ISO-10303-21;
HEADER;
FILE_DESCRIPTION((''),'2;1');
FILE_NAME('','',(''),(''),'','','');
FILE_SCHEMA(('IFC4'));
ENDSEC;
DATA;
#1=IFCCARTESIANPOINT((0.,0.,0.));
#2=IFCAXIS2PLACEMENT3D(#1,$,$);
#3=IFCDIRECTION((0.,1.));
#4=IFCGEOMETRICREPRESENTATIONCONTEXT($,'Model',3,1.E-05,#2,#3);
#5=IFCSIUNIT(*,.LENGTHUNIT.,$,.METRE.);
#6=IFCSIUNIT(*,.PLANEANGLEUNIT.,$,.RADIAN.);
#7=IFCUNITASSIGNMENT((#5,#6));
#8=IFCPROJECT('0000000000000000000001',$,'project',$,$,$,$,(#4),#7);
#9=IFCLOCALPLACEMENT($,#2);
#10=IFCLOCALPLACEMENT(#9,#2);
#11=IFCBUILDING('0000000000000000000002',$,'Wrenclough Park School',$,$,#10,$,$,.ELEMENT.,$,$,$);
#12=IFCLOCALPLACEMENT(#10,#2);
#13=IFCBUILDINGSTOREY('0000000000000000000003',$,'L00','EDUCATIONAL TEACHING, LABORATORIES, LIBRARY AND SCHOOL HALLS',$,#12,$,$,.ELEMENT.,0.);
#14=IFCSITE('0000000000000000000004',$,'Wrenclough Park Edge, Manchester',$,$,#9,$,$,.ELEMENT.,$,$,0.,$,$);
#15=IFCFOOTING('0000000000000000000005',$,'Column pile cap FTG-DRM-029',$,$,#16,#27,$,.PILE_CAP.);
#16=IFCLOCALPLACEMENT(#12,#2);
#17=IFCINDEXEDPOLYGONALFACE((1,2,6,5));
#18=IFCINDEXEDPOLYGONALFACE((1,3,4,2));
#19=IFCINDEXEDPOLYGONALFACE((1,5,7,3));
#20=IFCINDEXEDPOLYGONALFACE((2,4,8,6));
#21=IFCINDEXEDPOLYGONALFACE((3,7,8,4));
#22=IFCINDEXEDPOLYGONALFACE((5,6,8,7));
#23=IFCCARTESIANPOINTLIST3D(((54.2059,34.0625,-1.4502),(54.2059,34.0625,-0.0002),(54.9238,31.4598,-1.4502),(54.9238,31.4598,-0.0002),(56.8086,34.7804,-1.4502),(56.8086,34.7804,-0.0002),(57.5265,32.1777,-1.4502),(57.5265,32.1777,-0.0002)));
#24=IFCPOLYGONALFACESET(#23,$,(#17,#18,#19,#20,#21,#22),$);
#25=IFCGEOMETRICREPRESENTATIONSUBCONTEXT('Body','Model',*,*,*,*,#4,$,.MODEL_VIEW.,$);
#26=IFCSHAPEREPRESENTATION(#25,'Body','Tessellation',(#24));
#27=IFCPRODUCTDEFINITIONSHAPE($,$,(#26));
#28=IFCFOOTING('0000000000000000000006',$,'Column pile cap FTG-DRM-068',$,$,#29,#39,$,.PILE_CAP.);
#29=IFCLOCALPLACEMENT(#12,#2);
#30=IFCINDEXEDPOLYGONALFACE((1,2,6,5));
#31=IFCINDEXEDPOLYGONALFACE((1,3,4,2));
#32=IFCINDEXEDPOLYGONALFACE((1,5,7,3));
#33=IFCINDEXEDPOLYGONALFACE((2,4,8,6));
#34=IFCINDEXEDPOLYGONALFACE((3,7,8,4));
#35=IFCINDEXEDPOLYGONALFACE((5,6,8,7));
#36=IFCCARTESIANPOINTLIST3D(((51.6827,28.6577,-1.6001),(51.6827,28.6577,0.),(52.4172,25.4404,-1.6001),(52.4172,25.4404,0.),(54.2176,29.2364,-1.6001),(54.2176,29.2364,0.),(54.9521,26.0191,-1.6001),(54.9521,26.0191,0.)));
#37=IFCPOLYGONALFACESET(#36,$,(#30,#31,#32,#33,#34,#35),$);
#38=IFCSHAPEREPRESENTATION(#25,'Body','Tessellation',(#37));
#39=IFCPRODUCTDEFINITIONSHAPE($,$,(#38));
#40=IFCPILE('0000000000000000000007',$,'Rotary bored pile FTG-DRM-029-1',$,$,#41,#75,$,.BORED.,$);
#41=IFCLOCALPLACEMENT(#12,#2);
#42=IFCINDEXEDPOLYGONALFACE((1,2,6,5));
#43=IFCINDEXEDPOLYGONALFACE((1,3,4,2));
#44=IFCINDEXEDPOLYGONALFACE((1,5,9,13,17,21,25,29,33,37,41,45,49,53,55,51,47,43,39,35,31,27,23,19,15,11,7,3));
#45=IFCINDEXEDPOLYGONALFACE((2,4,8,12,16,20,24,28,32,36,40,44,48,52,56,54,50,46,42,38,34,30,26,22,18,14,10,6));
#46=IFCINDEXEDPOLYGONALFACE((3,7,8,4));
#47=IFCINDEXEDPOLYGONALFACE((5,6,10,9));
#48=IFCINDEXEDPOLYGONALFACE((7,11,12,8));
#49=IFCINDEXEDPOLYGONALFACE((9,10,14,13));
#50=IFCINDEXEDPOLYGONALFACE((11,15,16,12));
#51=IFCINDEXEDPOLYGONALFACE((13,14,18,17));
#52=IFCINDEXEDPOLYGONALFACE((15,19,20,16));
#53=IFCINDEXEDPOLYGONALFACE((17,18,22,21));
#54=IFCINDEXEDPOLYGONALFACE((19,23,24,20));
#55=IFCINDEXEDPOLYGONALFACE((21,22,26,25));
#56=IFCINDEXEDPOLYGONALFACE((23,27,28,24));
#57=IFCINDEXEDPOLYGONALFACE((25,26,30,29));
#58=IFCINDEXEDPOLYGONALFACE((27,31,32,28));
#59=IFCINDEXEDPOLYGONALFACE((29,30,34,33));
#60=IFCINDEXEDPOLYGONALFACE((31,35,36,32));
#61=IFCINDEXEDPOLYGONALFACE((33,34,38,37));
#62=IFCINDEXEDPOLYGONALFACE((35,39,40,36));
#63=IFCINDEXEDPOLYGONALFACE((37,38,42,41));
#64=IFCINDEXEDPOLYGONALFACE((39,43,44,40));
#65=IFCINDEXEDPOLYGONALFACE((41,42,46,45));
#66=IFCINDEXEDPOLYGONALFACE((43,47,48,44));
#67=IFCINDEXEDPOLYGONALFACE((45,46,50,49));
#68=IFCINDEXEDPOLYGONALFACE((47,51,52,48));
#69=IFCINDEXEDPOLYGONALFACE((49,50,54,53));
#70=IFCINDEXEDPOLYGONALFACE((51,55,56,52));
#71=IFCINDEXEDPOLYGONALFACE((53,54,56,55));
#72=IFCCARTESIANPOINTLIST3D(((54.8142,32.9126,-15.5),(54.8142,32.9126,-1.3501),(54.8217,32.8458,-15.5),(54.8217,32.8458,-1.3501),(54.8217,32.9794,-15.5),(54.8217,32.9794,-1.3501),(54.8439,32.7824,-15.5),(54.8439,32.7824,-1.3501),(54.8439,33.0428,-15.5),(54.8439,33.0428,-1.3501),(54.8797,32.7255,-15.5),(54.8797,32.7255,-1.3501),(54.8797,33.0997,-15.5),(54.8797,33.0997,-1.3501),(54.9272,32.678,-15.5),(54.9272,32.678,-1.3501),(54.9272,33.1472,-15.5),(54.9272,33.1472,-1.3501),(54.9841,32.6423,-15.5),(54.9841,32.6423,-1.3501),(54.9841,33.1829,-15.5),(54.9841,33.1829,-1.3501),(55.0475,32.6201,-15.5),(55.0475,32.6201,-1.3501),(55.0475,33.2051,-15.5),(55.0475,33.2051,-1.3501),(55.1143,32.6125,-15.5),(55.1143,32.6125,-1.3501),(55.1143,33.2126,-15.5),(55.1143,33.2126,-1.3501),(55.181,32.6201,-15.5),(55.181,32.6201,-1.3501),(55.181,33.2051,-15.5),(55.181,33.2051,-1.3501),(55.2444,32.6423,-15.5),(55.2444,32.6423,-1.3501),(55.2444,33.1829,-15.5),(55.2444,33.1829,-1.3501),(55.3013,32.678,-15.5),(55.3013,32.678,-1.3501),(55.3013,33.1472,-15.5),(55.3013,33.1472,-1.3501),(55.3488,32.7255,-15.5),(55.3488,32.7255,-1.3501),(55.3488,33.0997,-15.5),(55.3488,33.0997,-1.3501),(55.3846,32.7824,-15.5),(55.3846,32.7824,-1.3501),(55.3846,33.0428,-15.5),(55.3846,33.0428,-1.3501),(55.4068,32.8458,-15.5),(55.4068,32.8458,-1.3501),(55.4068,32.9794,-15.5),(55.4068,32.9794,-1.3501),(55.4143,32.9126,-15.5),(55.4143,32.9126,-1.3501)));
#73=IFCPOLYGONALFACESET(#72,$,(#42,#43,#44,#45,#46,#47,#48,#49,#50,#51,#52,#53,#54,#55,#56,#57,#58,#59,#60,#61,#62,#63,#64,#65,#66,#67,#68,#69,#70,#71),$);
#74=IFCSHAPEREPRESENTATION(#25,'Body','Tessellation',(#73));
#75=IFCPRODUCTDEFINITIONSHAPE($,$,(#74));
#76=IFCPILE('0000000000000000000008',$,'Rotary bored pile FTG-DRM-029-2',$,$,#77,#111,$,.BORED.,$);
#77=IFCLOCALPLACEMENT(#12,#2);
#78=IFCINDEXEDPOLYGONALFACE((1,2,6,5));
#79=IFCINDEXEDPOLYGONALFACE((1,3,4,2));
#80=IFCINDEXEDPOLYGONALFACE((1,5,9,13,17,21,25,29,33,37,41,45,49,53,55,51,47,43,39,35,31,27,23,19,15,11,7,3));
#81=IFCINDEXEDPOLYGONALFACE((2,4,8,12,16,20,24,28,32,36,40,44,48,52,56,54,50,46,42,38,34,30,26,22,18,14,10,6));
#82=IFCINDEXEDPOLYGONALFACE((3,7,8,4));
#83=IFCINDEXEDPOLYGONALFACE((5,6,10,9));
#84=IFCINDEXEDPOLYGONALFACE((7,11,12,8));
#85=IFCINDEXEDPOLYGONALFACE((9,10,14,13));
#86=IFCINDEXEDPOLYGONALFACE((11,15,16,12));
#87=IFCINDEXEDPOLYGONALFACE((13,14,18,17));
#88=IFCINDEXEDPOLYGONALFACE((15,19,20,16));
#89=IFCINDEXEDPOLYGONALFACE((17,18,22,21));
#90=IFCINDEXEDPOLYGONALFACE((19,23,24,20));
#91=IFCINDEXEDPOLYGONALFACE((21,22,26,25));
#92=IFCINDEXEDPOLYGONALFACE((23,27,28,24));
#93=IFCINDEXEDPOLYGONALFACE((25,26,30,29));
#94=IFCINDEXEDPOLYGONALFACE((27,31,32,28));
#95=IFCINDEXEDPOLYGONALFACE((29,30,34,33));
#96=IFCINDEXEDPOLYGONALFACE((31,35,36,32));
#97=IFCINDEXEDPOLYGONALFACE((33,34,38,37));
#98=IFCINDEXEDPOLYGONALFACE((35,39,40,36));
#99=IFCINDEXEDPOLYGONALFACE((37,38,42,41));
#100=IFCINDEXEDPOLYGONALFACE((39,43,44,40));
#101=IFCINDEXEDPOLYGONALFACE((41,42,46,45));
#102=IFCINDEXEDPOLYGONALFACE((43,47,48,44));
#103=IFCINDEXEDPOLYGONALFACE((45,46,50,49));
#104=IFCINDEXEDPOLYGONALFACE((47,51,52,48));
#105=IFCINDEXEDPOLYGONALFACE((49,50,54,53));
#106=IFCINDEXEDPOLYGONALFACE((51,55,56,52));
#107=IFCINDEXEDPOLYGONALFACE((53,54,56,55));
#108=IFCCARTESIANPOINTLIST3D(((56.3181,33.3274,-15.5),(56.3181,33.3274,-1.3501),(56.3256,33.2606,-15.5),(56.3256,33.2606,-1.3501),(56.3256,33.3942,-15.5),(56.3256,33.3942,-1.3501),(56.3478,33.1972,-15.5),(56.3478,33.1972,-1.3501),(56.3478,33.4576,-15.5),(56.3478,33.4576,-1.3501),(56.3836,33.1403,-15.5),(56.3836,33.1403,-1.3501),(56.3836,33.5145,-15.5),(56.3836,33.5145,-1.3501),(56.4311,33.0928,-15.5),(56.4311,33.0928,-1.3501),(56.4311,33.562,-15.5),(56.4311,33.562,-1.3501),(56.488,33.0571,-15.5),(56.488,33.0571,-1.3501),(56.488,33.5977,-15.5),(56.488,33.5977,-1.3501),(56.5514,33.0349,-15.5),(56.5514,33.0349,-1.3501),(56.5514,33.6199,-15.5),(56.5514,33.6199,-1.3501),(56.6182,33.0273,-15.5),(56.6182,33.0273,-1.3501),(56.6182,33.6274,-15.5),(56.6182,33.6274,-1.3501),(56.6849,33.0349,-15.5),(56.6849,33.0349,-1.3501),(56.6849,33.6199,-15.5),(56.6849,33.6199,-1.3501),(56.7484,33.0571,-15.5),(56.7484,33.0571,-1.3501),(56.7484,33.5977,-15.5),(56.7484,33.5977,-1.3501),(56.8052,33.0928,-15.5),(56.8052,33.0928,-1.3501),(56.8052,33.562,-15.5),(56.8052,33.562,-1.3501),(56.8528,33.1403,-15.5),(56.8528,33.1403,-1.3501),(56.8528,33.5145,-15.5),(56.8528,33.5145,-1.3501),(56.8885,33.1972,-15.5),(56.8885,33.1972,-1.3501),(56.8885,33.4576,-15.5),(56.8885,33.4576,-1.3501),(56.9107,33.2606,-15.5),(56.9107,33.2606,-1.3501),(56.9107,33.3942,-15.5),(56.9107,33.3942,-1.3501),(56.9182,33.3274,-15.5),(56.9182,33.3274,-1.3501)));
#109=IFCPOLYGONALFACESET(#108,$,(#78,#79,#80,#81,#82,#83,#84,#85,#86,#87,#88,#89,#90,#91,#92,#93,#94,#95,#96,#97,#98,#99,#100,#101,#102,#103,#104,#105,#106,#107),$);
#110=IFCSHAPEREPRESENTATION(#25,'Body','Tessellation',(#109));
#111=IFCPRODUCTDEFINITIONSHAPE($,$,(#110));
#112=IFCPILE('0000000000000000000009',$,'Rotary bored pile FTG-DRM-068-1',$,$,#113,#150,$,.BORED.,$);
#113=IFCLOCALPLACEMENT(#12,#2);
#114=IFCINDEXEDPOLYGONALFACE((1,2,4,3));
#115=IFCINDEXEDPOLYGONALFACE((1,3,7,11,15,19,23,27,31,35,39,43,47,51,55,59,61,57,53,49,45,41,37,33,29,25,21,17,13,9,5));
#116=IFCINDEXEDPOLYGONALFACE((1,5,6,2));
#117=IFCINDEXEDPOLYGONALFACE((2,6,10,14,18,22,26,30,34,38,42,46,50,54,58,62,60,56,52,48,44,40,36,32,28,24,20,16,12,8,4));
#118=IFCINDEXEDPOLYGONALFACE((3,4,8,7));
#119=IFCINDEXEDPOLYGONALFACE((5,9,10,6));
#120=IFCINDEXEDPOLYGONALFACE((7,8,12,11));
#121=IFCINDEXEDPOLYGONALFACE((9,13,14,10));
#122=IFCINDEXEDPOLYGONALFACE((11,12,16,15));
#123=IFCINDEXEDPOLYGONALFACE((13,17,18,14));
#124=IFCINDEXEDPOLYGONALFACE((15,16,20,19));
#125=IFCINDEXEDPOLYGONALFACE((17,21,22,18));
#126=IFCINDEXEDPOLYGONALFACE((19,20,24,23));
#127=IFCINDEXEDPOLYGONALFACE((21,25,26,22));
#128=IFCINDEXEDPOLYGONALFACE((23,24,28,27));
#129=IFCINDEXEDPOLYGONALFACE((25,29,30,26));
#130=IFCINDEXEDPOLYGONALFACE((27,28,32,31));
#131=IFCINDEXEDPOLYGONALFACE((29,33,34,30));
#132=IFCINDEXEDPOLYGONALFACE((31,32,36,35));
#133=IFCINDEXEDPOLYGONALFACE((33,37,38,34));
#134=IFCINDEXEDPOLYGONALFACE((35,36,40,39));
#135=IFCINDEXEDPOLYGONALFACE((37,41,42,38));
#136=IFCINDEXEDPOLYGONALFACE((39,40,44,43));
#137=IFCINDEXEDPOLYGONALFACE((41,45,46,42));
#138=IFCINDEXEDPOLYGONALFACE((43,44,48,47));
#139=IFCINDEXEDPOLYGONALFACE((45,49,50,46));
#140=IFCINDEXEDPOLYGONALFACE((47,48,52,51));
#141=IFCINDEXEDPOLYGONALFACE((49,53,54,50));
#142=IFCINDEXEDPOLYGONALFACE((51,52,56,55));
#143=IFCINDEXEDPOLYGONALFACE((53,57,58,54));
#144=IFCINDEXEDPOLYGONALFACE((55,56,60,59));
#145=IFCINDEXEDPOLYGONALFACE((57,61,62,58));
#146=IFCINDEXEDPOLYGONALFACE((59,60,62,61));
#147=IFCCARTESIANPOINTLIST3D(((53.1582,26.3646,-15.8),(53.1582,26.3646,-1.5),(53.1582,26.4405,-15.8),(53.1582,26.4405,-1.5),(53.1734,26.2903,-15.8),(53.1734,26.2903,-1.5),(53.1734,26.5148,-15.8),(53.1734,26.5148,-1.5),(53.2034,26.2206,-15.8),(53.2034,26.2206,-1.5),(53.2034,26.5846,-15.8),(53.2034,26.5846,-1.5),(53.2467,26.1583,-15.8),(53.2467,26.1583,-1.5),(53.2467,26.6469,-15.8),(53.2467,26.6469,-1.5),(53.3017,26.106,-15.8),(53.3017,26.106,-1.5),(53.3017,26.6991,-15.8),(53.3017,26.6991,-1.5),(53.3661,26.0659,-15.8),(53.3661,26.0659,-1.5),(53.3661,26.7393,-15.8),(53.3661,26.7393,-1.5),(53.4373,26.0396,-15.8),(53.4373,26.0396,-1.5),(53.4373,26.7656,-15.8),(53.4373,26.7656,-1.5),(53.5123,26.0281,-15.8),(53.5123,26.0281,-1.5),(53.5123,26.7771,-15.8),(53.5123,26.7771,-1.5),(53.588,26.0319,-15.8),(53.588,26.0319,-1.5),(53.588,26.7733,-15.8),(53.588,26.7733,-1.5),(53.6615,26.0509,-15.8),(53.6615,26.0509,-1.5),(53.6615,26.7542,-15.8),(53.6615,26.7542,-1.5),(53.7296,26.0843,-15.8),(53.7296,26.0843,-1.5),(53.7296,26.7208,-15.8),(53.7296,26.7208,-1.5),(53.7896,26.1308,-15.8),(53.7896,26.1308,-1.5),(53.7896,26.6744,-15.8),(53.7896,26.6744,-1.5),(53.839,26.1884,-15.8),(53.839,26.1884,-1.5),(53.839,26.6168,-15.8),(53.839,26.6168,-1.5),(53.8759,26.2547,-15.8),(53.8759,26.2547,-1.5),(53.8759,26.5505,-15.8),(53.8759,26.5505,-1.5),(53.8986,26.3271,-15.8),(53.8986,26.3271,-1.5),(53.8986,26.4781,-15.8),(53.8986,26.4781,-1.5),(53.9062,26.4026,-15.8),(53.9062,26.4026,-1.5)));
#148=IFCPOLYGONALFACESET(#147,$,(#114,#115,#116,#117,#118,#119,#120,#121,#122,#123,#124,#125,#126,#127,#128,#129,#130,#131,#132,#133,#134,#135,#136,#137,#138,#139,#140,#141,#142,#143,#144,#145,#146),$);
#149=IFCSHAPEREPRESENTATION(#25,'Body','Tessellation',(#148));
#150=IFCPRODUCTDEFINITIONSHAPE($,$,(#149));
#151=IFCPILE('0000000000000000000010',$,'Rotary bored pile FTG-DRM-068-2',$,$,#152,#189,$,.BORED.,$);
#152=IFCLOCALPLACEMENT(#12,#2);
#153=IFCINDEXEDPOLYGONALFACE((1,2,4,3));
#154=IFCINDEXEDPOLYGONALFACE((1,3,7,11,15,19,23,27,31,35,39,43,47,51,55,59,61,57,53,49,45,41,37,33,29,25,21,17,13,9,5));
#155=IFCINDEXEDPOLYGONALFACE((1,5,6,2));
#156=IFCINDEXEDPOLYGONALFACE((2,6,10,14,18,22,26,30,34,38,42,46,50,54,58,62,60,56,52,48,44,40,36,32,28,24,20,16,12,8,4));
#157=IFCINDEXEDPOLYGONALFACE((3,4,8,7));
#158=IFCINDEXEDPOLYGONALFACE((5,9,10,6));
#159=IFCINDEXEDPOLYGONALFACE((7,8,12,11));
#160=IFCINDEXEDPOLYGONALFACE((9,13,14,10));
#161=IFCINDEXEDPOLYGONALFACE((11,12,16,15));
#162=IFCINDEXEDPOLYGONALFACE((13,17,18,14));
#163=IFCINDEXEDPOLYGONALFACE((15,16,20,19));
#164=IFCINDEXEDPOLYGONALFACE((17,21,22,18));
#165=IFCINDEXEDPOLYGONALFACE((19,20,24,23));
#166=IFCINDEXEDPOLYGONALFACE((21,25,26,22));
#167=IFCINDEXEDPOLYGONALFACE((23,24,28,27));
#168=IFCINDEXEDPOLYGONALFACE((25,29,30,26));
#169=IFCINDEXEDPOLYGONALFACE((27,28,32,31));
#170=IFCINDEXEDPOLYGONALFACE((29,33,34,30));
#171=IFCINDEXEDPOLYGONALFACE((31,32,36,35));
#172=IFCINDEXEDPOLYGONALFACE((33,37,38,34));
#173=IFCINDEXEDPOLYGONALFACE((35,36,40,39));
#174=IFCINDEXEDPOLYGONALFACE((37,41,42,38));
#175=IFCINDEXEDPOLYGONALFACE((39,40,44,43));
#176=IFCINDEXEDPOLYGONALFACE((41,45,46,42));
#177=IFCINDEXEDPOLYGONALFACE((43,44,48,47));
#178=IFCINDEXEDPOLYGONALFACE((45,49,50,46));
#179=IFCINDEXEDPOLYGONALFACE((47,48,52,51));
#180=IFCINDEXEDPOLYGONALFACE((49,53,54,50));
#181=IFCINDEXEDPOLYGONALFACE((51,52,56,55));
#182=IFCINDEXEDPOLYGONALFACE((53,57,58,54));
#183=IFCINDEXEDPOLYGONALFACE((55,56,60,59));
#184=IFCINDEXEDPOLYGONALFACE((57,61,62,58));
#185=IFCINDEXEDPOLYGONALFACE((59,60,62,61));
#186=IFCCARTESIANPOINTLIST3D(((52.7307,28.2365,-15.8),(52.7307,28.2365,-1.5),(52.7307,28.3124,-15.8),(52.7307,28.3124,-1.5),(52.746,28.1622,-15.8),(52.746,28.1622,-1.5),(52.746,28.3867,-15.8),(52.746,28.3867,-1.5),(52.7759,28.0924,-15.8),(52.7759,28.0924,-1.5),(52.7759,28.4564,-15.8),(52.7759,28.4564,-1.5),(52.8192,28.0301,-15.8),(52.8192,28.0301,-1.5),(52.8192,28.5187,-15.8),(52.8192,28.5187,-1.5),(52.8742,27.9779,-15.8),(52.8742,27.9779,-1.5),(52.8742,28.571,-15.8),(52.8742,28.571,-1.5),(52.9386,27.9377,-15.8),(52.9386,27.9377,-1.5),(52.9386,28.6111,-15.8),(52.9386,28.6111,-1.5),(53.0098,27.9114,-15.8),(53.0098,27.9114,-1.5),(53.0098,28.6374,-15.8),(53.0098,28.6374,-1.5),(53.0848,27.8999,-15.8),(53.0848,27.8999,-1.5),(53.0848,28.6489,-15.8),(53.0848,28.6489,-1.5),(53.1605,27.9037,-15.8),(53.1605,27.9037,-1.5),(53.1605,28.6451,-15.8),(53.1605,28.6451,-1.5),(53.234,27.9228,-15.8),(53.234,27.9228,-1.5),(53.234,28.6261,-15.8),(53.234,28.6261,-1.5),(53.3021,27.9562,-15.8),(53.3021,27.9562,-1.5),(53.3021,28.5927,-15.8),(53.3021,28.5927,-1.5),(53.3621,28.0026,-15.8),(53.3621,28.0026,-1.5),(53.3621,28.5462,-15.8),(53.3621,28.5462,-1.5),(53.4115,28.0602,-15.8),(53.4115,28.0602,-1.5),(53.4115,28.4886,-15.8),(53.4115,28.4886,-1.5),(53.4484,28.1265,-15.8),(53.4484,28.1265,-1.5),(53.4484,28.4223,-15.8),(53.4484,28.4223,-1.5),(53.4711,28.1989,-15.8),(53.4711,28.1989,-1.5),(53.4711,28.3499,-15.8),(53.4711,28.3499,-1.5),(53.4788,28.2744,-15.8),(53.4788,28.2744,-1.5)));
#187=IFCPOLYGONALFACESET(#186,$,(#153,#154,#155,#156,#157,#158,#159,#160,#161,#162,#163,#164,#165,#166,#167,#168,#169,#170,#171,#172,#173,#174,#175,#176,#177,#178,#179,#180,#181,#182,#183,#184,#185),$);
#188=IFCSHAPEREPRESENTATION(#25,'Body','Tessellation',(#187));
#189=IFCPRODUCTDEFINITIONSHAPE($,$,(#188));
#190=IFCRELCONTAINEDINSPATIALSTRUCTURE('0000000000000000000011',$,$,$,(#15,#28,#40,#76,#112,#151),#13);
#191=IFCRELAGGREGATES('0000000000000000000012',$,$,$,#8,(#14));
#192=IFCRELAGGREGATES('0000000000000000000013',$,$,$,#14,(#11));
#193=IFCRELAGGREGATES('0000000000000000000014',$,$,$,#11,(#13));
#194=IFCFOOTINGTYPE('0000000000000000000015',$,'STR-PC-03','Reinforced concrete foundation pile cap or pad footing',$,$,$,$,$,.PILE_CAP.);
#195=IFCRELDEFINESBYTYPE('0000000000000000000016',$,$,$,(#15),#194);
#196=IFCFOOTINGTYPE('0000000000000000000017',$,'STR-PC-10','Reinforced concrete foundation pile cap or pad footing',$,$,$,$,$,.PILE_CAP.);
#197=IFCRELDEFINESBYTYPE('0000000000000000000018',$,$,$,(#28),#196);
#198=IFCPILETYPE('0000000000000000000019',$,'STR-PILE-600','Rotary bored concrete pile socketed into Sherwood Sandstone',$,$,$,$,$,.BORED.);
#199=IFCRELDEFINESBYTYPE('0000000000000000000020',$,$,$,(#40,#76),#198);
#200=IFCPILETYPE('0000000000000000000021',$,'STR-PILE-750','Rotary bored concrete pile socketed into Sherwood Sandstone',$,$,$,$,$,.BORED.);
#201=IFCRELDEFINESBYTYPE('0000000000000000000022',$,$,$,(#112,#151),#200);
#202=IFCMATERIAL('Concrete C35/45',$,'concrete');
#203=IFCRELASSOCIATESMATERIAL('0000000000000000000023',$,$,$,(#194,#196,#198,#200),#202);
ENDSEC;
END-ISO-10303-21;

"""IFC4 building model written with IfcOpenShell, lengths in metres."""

from ifc_helpers import new_model, si_unit, direction, frame, origin, origin_2d, place, context, subcontext, project, spatial, rectangle, circle, extrude, material, material_profile, profile_set, type_object, element, save


model = new_model("IFC4")

# Units and contexts
model_context = context("Model", 3, precision=1e-05, world=origin(), true_north=direction((0.0, 1.0)))
body_context = subcontext(model_context, "Body", "Model", "MODEL_VIEW")
ifc_project = project(units=[si_unit("LENGTHUNIT", "METRE"), si_unit("PLANEANGLEUNIT", "RADIAN")], contexts=[model_context])

# Site, building, storey
site_placement = place(None, origin())
site = spatial("IfcSite", under=ifc_project, at=site_placement, Name="Wrenclough Park Edge, Manchester", CompositionType="ELEMENT", RefElevation=0.0)
building_placement = place(site_placement, origin())
building = spatial("IfcBuilding", under=site, at=building_placement, Name="Wrenclough Park School", CompositionType="ELEMENT")
storey_placement = place(building_placement, origin())
storey = spatial("IfcBuildingStorey", under=building, at=storey_placement, Name="L00", Description="EDUCATIONAL TEACHING, LABORATORIES, LIBRARY AND SCHOOL HALLS", CompositionType="ELEMENT", Elevation=0.0)

# Footings
ifc_material_1 = material(Name="Concrete C35/45", Category="concrete")
footing_type_1 = type_object("IfcFootingType", Name="STR-PC-03", Description="Reinforced concrete foundation pile cap or pad footing", PredefinedType="PILE_CAP", material=ifc_material_1)
footing_1_placement = place(storey_placement, frame((55.8662, 33.1201, -1.4502), z_axis=(0.0, 0.0, 1.0), x_axis=(0.964003, 0.265893, 0.0)))
element("IfcFooting", 1, at=footing_1_placement, inside=storey, type_object=footing_type_1, Name="Column pile cap FTG-DRM-029", PredefinedType="PILE_CAP", context=body_context, shape_type="SweptSolid", body=[
    extrude(rectangle(XDim=2.7, YDim=2.7, at=origin_2d()), origin(), (0.0, 0.0, 1.0), 1.45),
])
footing_type_2 = type_object("IfcFootingType", Name="STR-PC-10", Description="Reinforced concrete foundation pile cap or pad footing", PredefinedType="PILE_CAP", material=ifc_material_1)
footing_2_placement = place(storey_placement, frame((53.3174, 27.3384, -1.6001), z_axis=(0.0, 0.0, 1.0), x_axis=(-0.22257, 0.974917, 0.0)))
element("IfcFooting", 2, at=footing_2_placement, inside=storey, type_object=footing_type_2, Name="Column pile cap FTG-DRM-068", PredefinedType="PILE_CAP", context=body_context, shape_type="SweptSolid", body=[
    extrude(rectangle(XDim=3.3, YDim=2.6001, at=origin_2d()), origin(), (0.0, 0.0, 1.0), 1.6001),
])

# Piles
ifc_material_profile_1 = material_profile(ifc_material_1, circle(Radius=0.3, at=origin_2d()), Name="BORED PILE D600")
ifc_profile_set_1 = profile_set([ifc_material_profile_1], Name="Concrete C35/45")
pile_type_1 = type_object("IfcPileType", Name="STR-PILE-600", Description="Rotary bored concrete pile socketed into Sherwood Sandstone", PredefinedType="BORED", material=ifc_profile_set_1)
for number, where, z_axis, x_axis, name in (
    (3, (55.1143, 32.9126, -1.3501), (0.0, 0.0, -1.0), (1.0, 0.0, 0.0), "Rotary bored pile FTG-DRM-029-1"),
    (4, (56.6182, 33.3274, -1.3501), (0.0, 0.0, -1.0), (1.0, 0.0, 0.0), "Rotary bored pile FTG-DRM-029-2"),
):
    element("IfcPile", number, at=place(storey_placement, frame(where, z_axis=z_axis, x_axis=x_axis)), inside=storey, type_object=pile_type_1, Name=name, PredefinedType="BORED", context=body_context, shape_type="SweptSolid", body=[
        extrude(circle(Radius=0.3, at=origin_2d()), origin(), (0.0, 0.0, 1.0), 14.1499),
    ])
ifc_material_profile_2 = material_profile(ifc_material_1, circle(Radius=0.375, at=origin_2d()), Name="BORED PILE D750")
ifc_profile_set_2 = profile_set([ifc_material_profile_2], Name="Concrete C35/45")
pile_type_2 = type_object("IfcPileType", Name="STR-PILE-750", Description="Rotary bored concrete pile socketed into Sherwood Sandstone", PredefinedType="BORED", material=ifc_profile_set_2)
for number, where, z_axis, x_axis, name in (
    (5, (53.5312, 26.4026, -1.5), (0.0, 0.0, -1.0), (1.0, 0.0, 0.0), "Rotary bored pile FTG-DRM-068-1"),
    (6, (53.1038, 28.2744, -1.5), (0.0, 0.0, -1.0), (1.0, 0.0, 0.0), "Rotary bored pile FTG-DRM-068-2"),
):
    element("IfcPile", number, at=place(storey_placement, frame(where, z_axis=z_axis, x_axis=x_axis)), inside=storey, type_object=pile_type_2, Name=name, PredefinedType="BORED", context=body_context, shape_type="SweptSolid", body=[
        extrude(circle(Radius=0.375, at=origin_2d()), origin(), (0.0, 0.0, 1.0), 14.3),
    ])

save(model, "model.ifc")
